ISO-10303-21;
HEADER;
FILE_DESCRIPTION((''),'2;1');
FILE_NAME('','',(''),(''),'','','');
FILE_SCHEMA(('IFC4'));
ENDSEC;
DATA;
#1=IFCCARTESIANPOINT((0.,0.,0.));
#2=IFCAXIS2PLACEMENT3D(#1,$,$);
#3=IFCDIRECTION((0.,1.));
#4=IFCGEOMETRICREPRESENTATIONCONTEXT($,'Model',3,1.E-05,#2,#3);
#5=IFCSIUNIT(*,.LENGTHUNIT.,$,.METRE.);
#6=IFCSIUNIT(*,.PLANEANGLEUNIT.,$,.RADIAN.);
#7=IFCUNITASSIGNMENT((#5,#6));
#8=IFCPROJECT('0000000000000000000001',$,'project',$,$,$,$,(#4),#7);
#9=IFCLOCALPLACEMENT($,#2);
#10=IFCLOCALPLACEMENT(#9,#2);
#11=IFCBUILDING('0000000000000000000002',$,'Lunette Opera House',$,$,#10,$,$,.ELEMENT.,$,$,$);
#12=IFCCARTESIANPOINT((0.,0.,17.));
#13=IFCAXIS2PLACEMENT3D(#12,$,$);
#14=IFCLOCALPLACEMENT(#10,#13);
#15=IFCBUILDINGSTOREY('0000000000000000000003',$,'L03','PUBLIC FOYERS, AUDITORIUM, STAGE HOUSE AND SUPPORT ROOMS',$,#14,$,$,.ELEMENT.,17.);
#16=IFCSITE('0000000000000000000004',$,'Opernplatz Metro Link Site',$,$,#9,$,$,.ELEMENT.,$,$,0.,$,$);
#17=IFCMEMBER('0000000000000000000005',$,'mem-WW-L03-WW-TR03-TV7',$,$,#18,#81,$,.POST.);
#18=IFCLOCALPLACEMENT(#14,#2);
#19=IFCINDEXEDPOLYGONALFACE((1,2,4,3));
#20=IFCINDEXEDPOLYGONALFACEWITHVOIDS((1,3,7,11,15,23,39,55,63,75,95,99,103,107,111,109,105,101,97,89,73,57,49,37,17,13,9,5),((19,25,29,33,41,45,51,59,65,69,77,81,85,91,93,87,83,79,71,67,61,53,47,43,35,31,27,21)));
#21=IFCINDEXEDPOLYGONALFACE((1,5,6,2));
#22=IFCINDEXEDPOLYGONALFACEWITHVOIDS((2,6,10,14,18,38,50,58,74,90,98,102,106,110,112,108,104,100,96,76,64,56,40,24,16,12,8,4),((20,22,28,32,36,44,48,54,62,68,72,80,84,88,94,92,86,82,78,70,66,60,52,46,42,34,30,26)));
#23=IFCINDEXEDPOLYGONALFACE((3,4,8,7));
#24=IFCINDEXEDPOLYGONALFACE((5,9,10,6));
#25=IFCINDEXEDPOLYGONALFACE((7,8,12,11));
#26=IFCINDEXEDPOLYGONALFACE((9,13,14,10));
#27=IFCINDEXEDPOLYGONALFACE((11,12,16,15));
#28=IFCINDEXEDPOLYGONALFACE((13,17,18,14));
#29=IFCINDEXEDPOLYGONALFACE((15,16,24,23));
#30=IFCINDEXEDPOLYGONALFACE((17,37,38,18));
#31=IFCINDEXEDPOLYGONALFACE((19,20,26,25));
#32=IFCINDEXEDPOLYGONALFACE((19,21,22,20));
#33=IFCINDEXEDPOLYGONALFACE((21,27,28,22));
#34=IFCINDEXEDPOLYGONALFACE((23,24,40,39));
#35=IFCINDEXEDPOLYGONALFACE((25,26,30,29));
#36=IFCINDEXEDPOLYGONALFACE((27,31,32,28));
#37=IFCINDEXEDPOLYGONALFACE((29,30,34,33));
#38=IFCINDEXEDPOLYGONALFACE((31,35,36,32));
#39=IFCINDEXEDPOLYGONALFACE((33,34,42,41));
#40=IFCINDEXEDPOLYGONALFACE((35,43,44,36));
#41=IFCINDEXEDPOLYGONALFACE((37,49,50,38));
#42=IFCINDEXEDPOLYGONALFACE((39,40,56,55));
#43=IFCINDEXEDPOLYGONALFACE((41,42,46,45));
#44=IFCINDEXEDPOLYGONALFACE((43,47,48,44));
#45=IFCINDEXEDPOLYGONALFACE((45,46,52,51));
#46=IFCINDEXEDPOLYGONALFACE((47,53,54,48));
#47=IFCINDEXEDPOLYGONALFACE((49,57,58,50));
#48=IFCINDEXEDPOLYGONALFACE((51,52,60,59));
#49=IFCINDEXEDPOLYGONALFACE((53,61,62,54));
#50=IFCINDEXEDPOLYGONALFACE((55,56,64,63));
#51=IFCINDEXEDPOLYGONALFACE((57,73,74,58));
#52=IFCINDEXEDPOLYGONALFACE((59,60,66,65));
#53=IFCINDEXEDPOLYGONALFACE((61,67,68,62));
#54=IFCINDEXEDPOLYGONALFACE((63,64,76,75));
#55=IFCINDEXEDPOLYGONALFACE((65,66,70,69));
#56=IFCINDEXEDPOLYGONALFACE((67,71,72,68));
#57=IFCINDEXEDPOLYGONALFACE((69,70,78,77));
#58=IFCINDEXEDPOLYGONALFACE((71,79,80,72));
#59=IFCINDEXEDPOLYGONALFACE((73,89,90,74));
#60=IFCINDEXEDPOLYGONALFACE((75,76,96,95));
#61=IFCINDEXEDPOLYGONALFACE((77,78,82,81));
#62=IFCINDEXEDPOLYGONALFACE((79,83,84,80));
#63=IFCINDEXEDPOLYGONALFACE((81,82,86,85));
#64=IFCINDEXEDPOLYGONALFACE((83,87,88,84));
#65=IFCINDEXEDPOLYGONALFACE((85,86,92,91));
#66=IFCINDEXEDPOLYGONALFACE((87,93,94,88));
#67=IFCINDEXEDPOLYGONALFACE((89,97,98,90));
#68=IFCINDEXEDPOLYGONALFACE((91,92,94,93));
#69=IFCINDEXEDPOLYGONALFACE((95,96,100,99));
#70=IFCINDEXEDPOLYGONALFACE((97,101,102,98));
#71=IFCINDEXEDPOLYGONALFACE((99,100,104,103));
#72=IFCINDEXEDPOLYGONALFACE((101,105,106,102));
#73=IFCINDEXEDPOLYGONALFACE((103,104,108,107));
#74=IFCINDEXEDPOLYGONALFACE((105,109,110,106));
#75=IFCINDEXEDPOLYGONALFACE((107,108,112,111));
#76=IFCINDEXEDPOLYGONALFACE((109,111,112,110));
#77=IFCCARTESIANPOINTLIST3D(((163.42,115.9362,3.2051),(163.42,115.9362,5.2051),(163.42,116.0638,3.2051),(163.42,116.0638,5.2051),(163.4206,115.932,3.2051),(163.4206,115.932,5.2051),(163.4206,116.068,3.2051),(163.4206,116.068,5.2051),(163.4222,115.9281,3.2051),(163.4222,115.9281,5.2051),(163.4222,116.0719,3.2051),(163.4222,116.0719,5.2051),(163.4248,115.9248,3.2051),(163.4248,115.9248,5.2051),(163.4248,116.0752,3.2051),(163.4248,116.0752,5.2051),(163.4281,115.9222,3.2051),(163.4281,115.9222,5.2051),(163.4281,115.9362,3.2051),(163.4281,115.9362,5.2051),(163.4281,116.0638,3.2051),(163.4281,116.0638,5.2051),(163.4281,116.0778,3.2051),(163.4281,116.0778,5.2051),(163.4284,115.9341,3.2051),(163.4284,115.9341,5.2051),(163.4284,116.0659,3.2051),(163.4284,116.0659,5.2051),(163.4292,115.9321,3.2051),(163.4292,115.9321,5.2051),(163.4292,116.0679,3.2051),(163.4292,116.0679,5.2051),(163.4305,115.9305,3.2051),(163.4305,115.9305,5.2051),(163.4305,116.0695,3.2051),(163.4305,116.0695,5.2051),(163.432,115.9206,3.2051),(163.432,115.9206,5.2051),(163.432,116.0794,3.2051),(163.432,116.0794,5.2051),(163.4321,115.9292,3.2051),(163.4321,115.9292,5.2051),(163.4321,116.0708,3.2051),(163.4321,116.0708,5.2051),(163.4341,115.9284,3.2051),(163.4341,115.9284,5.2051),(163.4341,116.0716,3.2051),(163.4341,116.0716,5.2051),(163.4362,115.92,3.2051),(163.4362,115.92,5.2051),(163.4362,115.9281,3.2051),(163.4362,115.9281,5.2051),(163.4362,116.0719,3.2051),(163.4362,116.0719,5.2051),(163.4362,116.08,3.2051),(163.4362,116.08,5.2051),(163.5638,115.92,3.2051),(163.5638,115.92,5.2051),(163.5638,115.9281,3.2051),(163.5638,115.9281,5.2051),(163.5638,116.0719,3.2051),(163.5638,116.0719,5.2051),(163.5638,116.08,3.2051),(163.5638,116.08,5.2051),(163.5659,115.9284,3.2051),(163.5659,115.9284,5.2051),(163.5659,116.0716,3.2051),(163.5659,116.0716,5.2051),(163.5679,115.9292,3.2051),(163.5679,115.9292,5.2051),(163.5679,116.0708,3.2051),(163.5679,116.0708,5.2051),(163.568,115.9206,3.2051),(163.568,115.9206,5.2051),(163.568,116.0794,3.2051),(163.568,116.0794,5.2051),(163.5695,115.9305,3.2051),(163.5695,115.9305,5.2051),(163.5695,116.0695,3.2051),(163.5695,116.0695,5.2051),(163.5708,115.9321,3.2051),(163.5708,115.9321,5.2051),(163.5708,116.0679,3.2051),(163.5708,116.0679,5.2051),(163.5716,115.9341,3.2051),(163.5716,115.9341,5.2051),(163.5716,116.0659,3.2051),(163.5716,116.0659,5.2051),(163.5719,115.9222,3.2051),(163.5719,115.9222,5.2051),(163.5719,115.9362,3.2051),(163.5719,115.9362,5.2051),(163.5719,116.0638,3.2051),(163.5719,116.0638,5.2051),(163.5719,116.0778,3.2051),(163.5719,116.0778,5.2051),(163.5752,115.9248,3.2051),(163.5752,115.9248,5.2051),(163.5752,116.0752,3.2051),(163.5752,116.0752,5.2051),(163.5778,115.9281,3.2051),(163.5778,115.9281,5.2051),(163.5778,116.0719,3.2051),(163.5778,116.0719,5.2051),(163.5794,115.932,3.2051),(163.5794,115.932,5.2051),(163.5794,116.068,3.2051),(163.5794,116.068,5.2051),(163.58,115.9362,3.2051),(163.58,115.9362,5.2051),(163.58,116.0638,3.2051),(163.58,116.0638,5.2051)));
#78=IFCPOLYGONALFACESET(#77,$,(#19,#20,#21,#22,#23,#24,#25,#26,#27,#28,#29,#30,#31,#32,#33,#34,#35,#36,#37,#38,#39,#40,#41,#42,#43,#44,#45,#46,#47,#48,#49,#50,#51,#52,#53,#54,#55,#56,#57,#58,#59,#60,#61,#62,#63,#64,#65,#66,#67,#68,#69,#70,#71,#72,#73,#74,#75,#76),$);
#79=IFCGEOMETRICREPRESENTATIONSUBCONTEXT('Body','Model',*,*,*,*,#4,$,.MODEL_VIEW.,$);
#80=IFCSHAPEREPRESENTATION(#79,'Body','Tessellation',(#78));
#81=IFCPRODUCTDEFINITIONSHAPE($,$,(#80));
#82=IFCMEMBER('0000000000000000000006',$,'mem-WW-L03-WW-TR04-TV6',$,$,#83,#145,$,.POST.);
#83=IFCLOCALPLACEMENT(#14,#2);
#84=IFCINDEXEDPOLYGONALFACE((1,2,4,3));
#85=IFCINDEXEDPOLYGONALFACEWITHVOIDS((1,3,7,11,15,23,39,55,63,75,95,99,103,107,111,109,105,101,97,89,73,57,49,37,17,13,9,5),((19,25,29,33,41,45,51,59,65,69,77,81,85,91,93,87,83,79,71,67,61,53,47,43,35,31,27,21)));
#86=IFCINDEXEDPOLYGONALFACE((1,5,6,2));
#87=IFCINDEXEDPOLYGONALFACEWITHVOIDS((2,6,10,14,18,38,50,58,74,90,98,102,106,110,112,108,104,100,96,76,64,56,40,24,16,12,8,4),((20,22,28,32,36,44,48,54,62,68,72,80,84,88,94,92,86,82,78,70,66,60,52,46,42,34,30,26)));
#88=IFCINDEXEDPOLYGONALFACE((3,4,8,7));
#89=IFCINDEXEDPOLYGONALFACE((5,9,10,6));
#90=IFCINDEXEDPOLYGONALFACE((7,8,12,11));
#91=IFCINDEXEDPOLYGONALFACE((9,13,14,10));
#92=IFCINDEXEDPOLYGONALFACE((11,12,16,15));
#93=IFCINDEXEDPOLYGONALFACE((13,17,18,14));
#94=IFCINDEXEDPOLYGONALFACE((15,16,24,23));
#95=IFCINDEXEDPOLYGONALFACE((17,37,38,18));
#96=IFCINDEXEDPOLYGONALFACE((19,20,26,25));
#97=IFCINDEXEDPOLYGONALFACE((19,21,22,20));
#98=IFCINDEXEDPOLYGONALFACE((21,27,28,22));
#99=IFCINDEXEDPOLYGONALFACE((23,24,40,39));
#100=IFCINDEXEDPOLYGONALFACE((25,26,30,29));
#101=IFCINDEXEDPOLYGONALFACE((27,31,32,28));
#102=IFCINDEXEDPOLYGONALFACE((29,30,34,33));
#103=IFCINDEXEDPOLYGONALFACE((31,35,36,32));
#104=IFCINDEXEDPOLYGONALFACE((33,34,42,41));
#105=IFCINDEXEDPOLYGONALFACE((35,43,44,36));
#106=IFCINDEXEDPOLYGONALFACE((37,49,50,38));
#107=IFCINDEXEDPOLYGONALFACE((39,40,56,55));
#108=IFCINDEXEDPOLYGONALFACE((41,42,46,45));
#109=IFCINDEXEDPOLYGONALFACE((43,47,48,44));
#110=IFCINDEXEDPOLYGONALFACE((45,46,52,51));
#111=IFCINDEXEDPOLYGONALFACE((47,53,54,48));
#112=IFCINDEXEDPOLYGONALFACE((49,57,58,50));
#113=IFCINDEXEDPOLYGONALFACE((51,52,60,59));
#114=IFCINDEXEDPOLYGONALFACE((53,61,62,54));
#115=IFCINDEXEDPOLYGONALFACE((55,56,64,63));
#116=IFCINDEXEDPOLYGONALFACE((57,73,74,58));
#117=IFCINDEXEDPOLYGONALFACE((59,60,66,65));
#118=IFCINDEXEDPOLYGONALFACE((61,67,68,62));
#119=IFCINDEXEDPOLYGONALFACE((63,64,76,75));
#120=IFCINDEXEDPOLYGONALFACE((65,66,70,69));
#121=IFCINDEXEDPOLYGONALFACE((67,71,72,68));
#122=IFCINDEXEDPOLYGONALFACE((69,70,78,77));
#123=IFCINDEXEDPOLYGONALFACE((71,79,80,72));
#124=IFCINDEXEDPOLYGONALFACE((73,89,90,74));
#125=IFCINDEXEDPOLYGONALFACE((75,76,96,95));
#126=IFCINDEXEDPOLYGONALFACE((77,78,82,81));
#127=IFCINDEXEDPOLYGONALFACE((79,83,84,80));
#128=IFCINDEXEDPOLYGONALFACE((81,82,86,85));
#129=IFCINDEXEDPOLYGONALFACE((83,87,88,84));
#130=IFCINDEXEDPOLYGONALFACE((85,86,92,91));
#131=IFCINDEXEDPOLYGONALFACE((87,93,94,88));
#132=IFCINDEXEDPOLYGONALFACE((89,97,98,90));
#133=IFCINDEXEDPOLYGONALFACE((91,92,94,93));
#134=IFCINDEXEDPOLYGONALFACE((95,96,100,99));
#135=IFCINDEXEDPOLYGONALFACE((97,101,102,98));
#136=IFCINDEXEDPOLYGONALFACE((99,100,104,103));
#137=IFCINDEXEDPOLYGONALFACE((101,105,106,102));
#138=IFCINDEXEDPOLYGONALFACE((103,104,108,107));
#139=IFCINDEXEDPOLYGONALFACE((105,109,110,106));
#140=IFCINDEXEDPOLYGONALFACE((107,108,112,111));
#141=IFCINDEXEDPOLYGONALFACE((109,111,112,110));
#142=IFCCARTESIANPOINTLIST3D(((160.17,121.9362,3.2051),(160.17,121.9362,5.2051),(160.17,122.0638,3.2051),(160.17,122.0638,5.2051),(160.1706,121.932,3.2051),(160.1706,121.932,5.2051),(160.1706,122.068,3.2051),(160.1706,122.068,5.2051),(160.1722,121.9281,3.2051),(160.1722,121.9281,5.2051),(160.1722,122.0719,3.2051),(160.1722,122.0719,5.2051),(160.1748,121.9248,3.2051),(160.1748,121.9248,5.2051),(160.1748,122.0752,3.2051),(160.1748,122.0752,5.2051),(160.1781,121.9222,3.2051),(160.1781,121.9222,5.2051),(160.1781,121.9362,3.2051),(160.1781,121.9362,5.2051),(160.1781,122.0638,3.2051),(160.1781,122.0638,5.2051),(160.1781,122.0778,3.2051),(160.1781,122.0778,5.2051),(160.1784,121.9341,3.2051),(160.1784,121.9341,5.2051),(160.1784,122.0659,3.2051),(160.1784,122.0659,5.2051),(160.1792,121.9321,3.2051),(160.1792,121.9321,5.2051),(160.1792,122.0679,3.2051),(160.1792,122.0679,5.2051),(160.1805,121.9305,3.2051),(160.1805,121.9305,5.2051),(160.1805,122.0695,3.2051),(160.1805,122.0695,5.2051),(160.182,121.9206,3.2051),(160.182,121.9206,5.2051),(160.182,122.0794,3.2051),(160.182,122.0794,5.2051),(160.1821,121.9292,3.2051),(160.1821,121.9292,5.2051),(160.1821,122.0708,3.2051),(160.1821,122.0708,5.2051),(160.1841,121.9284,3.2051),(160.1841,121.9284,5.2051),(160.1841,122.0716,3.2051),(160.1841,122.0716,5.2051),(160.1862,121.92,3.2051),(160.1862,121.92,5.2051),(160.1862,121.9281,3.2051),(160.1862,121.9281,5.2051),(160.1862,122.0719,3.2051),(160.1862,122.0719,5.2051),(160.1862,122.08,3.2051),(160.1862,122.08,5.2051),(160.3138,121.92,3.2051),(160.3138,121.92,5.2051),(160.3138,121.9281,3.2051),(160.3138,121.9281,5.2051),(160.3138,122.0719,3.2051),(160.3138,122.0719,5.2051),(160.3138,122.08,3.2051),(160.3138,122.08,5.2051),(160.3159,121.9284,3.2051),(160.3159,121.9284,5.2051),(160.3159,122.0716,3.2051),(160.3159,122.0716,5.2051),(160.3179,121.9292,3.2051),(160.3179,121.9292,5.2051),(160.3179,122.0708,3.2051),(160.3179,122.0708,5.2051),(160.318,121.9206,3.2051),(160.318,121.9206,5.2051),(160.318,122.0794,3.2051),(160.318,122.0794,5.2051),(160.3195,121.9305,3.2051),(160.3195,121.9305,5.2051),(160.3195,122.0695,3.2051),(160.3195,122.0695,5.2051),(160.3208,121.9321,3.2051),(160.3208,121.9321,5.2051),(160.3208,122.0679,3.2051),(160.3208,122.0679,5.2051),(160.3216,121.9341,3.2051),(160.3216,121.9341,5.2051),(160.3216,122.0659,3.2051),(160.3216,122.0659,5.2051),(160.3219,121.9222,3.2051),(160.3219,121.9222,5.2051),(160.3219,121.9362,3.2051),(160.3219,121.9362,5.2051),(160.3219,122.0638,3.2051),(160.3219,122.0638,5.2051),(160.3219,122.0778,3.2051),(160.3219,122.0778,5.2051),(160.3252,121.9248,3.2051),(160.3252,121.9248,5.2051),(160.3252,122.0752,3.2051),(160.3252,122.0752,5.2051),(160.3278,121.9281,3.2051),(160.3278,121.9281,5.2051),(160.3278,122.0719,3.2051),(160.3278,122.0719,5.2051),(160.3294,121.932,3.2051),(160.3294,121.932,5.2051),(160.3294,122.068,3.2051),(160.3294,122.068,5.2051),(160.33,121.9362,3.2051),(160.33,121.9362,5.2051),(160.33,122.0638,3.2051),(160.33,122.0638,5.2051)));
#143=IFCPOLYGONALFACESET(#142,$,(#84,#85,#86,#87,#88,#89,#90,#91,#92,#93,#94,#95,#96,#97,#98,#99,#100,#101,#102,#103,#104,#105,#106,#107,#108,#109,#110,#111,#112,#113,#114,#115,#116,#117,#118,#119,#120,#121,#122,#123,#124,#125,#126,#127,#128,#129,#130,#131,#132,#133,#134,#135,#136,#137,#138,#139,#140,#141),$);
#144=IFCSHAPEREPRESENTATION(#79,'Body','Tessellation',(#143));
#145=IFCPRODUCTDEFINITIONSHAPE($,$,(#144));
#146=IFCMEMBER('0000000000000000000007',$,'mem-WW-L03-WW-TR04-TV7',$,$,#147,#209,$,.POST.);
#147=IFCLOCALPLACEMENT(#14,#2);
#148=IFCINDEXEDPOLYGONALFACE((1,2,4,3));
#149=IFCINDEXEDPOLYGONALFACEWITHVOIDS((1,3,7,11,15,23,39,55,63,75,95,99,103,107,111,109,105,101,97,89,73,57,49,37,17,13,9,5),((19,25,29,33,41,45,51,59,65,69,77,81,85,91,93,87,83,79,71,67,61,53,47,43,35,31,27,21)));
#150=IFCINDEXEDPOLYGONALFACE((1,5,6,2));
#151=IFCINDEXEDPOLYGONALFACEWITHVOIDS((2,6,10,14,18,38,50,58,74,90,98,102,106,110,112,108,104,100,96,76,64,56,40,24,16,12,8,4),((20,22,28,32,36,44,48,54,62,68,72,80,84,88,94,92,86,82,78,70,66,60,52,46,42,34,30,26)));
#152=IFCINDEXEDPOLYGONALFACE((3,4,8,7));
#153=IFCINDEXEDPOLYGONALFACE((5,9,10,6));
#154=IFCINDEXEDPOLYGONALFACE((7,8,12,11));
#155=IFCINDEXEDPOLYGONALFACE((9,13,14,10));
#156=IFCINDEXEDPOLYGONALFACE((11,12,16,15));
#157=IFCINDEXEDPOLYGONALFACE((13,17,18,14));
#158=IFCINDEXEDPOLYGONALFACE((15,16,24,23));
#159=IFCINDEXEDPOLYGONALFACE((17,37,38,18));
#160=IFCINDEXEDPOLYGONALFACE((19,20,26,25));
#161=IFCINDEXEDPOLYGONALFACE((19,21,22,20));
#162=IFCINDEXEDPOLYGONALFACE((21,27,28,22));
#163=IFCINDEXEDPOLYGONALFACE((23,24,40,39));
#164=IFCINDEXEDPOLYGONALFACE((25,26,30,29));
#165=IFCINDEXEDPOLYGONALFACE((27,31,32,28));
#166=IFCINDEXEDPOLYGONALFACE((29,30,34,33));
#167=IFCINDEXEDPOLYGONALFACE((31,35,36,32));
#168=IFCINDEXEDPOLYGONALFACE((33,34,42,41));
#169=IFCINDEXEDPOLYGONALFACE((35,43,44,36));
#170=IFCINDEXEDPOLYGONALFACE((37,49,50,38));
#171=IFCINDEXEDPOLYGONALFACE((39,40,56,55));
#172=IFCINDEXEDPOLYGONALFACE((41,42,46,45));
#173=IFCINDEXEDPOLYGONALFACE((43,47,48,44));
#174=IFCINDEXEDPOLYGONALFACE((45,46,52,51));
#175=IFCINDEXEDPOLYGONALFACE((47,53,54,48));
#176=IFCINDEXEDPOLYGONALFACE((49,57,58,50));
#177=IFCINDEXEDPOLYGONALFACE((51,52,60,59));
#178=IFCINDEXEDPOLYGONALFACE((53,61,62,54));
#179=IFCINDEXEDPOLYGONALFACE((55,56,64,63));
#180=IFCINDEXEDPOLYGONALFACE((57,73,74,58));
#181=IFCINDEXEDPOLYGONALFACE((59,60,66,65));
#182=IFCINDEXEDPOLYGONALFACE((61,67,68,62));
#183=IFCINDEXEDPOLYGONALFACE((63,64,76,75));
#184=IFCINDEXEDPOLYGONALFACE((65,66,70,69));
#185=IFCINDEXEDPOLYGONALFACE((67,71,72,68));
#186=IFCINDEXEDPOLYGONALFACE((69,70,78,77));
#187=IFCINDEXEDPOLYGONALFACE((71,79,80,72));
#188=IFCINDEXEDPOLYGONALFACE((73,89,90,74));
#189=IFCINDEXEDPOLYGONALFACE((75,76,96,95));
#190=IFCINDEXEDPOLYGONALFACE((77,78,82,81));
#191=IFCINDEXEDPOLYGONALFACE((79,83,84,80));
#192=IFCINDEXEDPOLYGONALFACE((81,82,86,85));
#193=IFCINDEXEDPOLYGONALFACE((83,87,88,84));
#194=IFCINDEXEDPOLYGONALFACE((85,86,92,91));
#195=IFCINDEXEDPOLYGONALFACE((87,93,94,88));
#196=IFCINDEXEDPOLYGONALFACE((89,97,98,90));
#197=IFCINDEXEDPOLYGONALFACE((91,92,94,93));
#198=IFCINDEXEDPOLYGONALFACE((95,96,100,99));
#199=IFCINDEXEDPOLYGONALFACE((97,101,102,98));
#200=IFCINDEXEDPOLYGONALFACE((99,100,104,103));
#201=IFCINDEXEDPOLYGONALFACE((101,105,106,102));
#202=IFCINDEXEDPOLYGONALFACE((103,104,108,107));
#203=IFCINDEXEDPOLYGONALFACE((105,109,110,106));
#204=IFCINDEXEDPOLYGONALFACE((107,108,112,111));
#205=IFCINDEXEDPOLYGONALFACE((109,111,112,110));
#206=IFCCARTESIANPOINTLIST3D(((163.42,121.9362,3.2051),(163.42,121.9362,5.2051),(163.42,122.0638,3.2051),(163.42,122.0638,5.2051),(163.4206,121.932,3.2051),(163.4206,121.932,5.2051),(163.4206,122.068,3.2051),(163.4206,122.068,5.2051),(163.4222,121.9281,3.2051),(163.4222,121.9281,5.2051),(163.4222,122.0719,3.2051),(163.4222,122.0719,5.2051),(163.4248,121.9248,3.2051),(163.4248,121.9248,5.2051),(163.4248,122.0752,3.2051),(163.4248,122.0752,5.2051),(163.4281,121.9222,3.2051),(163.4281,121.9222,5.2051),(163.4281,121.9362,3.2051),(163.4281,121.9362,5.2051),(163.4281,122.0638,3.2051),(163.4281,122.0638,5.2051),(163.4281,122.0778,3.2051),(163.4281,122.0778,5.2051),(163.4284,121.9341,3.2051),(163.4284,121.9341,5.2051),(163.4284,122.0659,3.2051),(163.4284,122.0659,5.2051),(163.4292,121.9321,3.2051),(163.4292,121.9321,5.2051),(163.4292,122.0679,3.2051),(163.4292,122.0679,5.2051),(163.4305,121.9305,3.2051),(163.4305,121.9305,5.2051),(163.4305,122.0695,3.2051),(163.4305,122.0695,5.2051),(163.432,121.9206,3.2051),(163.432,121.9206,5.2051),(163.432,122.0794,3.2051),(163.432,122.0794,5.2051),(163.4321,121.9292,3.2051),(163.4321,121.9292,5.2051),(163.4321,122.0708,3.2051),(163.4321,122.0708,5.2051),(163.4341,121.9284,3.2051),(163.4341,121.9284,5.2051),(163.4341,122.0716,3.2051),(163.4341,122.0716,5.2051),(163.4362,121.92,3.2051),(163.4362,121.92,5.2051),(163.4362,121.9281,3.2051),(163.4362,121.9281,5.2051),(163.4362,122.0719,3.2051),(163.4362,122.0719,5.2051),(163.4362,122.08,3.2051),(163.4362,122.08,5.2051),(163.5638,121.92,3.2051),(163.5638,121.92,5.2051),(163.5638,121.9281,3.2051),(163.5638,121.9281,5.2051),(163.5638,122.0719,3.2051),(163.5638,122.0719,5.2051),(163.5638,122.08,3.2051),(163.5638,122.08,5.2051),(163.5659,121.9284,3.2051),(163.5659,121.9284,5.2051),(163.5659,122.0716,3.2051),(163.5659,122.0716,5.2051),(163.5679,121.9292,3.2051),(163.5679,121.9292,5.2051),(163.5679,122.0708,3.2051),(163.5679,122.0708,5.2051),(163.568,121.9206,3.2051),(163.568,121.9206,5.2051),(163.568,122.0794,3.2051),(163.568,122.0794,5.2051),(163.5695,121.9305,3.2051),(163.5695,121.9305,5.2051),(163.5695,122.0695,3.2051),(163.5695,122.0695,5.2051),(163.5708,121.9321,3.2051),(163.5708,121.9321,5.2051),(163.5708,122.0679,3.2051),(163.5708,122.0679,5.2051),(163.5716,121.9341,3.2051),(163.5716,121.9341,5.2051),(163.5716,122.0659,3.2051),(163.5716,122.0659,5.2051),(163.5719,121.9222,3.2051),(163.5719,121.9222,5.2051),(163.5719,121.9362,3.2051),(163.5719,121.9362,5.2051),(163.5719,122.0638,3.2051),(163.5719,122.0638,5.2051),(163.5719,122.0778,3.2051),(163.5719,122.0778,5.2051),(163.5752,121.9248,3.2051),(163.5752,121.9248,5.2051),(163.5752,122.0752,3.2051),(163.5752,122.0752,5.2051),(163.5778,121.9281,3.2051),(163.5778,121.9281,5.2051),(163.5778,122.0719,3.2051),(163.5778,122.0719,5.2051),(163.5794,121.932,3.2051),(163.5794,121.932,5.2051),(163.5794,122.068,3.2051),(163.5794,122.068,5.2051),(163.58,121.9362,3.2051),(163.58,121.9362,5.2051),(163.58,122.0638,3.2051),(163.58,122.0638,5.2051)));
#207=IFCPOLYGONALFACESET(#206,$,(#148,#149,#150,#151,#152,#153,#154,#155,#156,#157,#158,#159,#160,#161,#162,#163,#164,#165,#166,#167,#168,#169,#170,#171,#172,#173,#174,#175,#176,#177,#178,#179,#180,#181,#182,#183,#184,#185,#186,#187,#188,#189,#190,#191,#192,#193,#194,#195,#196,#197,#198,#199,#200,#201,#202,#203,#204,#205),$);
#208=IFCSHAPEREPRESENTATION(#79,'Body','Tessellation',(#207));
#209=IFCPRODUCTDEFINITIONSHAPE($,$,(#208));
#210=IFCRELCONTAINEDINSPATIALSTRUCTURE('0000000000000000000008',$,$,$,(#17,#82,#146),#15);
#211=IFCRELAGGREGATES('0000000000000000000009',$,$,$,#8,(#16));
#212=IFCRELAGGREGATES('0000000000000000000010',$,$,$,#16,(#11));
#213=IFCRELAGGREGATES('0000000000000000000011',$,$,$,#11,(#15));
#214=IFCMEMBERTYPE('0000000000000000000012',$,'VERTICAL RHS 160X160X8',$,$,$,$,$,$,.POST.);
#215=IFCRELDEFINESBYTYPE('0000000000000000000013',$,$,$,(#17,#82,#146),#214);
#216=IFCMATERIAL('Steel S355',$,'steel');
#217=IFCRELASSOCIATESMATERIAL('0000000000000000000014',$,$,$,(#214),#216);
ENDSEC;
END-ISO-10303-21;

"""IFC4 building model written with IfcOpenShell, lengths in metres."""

from ifc_helpers import new_model, si_unit, direction, frame, origin, origin_2d, place, context, subcontext, project, spatial, hollow_rectangle, extrude, material, material_profile, profile_set, type_object, element, save


model = new_model("IFC4")

# Units and contexts
model_context = context("Model", 3, precision=1e-05, world=origin(), true_north=direction((0.0, 1.0)))
body_context = subcontext(model_context, "Body", "Model", "MODEL_VIEW")
ifc_project = project(units=[si_unit("LENGTHUNIT", "METRE"), si_unit("PLANEANGLEUNIT", "RADIAN")], contexts=[model_context])

# Site, building, storey
site_placement = place(None, origin())
site = spatial("IfcSite", under=ifc_project, at=site_placement, Name="Opernplatz Metro Link Site", CompositionType="ELEMENT", RefElevation=0.0)
building_placement = place(site_placement, origin())
building = spatial("IfcBuilding", under=site, at=building_placement, Name="Lunette Opera House", CompositionType="ELEMENT")
storey_placement = place(building_placement, frame((0.0, 0.0, 17.0)))
storey = spatial("IfcBuildingStorey", under=building, at=storey_placement, Name="L03", Description="PUBLIC FOYERS, AUDITORIUM, STAGE HOUSE AND SUPPORT ROOMS", CompositionType="ELEMENT", Elevation=17.0)

# Members
ifc_material_1 = material(Name="Steel S355", Category="steel")
ifc_material_profile_1 = material_profile(ifc_material_1, hollow_rectangle(XDim=0.1599, YDim=0.1599, WallThickness=0.0081, InnerFilletRadius=0.0081, OuterFilletRadius=0.0161, at=origin_2d()), Name="RHS 160X160X8")
ifc_profile_set_1 = profile_set([ifc_material_profile_1], Name="Steel S355")
member_type_1 = type_object("IfcMemberType", Name="VERTICAL RHS 160X160X8", PredefinedType="POST", material=ifc_profile_set_1)
for number, where, z_axis, x_axis, name in (
    (1, (163.5, 116.0, 3.2051), (0.0, 0.0, 1.0), (1.0, 0.0, 0.0), "mem-WW-L03-WW-TR03-TV7"),
    (2, (160.25, 122.0, 3.2051), (0.0, 0.0, 1.0), (1.0, 0.0, 0.0), "mem-WW-L03-WW-TR04-TV6"),
    (3, (163.5, 122.0, 3.2051), (0.0, 0.0, 1.0), (1.0, 0.0, 0.0), "mem-WW-L03-WW-TR04-TV7"),
):
    element("IfcMember", number, at=place(storey_placement, frame(where, z_axis=z_axis, x_axis=x_axis)), inside=storey, type_object=member_type_1, Name=name, PredefinedType="POST", context=body_context, shape_type="SweptSolid", body=[
        extrude(hollow_rectangle(XDim=0.1599, YDim=0.1599, WallThickness=0.0081, InnerFilletRadius=0.0081, OuterFilletRadius=0.0161, at=origin_2d()), origin(), (0.0, 0.0, 1.0), 2.0),
    ])

save(model, "model.ifc")
